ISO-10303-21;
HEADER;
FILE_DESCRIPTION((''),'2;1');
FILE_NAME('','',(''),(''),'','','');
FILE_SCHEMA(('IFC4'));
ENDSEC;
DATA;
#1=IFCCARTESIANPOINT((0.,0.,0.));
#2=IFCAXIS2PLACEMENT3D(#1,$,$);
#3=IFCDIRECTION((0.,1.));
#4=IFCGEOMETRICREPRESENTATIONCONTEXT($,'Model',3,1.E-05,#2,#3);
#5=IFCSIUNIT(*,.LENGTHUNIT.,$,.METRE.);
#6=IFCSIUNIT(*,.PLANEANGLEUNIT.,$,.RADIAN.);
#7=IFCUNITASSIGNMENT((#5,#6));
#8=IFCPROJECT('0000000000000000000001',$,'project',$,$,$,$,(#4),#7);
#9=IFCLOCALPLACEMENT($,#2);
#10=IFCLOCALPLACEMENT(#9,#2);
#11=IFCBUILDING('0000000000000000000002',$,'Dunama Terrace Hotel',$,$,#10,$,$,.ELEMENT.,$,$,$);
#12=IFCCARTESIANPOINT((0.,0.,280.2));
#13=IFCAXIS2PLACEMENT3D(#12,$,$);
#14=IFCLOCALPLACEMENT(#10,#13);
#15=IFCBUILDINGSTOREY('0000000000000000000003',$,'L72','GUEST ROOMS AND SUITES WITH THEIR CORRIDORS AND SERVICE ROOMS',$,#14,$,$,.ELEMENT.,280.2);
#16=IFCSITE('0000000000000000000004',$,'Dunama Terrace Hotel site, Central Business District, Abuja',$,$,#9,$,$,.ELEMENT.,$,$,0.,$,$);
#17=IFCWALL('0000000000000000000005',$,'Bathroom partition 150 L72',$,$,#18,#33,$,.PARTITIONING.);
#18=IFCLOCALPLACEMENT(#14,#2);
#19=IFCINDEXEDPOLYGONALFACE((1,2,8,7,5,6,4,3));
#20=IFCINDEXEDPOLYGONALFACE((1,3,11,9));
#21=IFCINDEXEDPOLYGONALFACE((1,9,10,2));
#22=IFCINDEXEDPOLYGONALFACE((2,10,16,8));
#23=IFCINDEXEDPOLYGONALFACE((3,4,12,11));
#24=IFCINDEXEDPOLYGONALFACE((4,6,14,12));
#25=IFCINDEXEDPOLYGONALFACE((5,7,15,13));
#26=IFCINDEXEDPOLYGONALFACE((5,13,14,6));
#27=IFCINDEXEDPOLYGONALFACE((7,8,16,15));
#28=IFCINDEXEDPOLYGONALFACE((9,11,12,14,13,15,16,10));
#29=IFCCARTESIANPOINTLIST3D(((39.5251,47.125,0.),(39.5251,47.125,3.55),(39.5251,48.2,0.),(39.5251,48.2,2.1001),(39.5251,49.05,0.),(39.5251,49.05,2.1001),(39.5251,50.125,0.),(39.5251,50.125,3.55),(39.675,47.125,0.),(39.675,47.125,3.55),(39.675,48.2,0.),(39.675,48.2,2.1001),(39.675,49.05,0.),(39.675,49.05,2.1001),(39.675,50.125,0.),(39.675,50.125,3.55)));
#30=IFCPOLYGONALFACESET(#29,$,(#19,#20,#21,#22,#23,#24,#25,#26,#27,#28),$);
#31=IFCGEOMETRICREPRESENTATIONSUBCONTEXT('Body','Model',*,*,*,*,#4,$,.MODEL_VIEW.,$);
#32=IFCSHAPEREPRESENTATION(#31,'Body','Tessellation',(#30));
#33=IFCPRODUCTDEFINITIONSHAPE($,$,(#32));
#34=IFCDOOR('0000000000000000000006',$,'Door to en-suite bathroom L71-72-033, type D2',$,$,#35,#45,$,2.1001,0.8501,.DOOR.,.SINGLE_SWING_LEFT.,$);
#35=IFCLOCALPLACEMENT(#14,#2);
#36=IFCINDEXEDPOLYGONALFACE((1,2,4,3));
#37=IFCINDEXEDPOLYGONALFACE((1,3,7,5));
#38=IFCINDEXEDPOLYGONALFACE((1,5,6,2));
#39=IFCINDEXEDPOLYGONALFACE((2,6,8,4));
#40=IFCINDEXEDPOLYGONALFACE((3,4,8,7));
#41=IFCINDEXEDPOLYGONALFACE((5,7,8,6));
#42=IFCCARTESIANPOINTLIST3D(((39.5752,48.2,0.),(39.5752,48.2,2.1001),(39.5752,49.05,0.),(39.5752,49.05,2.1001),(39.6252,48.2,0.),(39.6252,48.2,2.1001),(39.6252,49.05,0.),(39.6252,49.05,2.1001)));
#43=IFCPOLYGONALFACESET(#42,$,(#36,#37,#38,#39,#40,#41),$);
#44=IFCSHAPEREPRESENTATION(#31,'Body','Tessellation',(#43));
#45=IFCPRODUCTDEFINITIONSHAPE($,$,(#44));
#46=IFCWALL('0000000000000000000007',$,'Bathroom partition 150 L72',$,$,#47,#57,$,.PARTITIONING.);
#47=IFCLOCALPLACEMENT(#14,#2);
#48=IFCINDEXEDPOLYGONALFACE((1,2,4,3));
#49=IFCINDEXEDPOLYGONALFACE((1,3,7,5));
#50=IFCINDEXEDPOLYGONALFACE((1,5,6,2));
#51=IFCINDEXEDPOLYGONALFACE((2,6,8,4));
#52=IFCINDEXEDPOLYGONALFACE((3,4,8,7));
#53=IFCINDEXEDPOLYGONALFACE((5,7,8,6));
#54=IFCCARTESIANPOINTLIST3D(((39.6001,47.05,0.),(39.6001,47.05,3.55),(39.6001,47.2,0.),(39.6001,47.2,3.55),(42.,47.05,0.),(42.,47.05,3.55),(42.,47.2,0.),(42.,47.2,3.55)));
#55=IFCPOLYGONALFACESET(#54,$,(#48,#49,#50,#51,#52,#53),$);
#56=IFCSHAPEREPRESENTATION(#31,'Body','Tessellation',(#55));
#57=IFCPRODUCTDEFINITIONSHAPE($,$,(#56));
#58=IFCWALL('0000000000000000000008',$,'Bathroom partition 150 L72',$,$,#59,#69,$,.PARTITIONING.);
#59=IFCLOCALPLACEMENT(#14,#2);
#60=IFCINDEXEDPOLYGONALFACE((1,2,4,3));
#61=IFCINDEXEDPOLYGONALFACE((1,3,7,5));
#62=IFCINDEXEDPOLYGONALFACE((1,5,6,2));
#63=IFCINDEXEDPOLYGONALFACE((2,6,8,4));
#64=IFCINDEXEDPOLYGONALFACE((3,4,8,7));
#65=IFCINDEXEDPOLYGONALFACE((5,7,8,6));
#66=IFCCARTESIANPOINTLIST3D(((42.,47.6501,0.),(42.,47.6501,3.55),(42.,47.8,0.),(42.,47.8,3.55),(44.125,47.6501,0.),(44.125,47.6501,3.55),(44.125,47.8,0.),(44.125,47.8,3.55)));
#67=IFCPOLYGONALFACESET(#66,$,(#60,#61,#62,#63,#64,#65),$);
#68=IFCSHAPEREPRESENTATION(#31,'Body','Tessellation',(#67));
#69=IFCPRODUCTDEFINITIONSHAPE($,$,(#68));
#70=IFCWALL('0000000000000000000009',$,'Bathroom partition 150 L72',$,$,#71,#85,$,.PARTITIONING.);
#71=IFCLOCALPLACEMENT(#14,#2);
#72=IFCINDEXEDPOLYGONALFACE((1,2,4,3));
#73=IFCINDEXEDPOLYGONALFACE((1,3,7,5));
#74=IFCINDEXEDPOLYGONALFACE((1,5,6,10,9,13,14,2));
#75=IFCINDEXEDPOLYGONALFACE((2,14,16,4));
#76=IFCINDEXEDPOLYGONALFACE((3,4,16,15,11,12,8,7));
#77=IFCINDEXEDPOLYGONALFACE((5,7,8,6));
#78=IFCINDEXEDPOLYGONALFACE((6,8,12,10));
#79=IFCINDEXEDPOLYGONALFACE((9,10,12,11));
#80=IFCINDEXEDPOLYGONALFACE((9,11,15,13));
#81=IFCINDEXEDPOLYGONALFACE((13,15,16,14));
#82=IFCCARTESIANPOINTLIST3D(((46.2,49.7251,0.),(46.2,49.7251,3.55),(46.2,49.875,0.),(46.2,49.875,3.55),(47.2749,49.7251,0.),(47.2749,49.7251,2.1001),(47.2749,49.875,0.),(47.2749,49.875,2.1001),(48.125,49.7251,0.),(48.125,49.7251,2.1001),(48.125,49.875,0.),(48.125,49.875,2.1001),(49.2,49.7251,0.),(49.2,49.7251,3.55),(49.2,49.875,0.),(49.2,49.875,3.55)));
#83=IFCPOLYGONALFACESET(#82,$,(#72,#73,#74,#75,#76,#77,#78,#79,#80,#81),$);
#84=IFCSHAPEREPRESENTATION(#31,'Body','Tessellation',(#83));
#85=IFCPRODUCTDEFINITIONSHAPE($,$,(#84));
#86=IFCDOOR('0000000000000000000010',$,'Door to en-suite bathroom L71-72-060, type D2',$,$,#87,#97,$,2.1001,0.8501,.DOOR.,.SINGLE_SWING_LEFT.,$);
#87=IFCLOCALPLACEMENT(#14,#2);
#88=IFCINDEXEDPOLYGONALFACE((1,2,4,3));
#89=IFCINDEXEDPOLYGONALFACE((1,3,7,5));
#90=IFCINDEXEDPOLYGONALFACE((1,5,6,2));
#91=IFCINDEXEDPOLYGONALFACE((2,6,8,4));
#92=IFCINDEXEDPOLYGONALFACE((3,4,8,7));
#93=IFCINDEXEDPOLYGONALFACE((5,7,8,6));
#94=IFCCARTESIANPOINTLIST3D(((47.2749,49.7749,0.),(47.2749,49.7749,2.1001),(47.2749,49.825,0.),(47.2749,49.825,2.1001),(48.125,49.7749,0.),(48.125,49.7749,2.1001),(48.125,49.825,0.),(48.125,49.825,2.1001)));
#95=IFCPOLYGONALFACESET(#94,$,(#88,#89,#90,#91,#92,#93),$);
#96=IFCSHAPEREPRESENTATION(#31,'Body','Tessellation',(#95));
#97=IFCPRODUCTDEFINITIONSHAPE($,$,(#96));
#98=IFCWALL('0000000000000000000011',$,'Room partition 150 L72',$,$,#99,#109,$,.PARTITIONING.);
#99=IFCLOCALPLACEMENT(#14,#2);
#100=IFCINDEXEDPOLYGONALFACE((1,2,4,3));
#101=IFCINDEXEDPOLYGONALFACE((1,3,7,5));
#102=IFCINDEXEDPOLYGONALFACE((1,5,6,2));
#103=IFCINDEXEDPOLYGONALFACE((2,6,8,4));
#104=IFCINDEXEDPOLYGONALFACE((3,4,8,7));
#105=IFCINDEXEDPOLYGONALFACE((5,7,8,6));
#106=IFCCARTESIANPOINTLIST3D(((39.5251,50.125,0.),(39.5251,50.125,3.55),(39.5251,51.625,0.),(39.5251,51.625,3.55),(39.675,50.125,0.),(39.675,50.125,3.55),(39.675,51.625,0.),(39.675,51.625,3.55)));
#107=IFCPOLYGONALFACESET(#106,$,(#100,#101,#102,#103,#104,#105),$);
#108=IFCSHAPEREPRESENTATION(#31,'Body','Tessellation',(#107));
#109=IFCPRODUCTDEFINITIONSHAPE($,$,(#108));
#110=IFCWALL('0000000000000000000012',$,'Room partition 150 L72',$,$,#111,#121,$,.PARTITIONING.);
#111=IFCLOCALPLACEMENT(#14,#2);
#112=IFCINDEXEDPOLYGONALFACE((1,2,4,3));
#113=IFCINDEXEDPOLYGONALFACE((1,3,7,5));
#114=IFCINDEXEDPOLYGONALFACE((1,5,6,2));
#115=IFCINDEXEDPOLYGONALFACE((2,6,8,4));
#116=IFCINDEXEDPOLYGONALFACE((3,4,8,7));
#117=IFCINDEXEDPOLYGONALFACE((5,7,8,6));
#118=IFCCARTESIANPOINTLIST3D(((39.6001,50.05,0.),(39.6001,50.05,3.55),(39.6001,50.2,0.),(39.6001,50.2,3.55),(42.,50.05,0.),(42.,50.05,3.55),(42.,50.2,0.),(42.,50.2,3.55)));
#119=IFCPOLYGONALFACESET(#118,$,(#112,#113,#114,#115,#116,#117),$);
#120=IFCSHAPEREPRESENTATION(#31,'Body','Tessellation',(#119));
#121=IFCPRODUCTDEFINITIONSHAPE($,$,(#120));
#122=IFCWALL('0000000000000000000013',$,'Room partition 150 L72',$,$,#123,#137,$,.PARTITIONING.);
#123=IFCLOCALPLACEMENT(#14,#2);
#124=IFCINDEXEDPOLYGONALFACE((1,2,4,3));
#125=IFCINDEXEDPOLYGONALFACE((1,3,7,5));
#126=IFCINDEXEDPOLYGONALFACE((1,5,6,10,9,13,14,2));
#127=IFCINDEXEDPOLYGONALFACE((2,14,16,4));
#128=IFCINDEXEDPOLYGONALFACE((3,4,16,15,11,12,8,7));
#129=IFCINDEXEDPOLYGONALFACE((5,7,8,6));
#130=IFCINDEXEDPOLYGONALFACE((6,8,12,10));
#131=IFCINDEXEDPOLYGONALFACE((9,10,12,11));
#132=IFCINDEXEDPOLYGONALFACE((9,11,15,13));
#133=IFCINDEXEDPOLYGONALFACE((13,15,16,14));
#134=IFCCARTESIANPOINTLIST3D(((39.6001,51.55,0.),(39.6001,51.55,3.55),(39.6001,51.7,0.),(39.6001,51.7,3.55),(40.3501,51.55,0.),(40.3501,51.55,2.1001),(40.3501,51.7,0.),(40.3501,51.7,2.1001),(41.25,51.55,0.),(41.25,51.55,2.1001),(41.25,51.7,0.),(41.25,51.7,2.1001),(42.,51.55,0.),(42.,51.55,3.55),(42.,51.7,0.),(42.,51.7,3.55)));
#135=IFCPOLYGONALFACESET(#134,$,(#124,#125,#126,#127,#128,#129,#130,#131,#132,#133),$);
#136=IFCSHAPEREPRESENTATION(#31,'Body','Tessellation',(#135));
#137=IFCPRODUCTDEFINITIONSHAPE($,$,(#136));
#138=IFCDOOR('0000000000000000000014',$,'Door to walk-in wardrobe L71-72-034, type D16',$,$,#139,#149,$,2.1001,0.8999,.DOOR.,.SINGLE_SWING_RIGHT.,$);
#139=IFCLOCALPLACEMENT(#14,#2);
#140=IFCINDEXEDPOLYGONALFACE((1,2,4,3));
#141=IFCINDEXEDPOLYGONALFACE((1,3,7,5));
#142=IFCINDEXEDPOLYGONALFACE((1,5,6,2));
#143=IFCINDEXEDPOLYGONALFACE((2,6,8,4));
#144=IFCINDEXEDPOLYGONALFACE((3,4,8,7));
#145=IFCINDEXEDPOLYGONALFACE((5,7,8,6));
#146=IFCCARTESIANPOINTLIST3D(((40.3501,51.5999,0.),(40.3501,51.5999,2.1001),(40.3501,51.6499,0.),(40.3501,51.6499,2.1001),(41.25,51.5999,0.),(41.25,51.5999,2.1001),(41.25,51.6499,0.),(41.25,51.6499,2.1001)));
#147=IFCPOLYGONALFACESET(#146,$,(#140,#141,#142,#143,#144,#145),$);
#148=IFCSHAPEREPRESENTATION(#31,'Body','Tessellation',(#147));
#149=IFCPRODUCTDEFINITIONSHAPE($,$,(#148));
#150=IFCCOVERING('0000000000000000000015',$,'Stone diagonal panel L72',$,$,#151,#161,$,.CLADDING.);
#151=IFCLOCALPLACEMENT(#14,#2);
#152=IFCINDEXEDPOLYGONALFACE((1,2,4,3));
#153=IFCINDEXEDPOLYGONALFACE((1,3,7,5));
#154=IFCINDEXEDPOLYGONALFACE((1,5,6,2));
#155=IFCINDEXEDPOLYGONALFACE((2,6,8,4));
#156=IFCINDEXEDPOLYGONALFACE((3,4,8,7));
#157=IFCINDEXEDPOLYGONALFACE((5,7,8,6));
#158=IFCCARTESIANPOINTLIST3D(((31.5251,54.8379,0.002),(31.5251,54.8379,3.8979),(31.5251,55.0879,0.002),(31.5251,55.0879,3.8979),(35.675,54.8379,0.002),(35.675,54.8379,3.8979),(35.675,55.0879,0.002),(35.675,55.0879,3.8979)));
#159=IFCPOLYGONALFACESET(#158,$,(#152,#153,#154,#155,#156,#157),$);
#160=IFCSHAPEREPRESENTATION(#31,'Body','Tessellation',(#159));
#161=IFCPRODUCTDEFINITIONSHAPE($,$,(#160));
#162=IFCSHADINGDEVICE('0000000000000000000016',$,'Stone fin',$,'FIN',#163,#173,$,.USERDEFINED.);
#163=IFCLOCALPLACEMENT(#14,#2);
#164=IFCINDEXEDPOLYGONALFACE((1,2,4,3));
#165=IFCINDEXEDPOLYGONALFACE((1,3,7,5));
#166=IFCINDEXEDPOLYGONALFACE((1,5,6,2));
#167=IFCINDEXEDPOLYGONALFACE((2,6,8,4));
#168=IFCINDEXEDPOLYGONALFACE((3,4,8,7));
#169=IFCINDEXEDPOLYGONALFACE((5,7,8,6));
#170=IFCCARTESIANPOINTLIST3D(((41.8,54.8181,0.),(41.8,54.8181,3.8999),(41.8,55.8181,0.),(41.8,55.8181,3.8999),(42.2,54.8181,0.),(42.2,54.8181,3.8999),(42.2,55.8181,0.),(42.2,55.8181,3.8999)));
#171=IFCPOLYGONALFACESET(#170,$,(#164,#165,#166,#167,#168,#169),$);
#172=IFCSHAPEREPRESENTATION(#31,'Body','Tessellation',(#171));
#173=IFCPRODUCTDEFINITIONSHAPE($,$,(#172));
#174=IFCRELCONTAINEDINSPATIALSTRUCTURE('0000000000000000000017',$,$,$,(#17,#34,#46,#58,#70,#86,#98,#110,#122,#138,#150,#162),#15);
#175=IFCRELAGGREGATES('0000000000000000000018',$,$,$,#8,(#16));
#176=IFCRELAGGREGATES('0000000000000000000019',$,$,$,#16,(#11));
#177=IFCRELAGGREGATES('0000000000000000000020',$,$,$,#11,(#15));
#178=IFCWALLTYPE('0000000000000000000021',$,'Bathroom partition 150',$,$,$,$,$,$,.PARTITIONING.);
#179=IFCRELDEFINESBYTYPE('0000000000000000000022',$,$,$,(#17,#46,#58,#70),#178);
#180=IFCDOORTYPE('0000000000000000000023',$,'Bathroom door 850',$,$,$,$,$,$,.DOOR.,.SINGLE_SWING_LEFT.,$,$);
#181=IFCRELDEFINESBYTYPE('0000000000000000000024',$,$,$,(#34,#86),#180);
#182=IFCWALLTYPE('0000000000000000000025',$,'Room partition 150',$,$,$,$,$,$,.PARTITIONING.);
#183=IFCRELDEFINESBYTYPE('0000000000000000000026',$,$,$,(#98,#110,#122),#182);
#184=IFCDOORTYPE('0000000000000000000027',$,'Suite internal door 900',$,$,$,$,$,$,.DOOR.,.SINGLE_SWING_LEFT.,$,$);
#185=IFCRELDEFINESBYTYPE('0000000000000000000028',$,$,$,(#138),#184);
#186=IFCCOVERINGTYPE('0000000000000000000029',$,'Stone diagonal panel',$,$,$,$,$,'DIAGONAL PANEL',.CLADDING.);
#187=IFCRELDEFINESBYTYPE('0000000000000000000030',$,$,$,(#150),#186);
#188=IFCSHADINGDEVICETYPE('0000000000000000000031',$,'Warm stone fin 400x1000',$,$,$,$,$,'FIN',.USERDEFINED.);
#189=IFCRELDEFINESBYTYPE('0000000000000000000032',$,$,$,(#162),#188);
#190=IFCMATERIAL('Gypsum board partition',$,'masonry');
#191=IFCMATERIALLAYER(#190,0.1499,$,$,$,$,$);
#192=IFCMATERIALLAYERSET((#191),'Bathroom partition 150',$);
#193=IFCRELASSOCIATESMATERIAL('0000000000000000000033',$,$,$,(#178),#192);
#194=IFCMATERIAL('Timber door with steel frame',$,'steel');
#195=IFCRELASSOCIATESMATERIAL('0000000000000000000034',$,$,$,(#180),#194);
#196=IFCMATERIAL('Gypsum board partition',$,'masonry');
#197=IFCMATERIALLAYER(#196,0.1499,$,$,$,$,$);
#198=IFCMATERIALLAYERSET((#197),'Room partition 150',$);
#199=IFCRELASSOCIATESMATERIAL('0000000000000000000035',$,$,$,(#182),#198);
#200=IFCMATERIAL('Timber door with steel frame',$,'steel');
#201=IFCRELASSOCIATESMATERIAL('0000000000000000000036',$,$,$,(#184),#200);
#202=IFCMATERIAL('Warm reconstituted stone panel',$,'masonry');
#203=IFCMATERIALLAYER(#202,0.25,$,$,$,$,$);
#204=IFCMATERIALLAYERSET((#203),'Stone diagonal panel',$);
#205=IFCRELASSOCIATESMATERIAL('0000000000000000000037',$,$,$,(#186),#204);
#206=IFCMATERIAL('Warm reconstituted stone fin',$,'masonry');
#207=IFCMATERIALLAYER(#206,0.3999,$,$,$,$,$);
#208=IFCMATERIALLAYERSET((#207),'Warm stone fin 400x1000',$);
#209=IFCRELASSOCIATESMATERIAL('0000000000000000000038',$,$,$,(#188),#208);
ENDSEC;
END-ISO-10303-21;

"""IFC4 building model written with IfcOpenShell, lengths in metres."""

from ifc_helpers import new_model, si_unit, direction, frame, frame_2d, origin, origin_2d, place, context, subcontext, project, spatial, rectangle, extrude, material, layer, layer_set, type_object, element, fill, save


model = new_model("IFC4")

# Units and contexts
model_context = context("Model", 3, precision=1e-05, world=origin(), true_north=direction((0.0, 1.0)))
body_context = subcontext(model_context, "Body", "Model", "MODEL_VIEW")
ifc_project = project(units=[si_unit("LENGTHUNIT", "METRE"), si_unit("PLANEANGLEUNIT", "RADIAN")], contexts=[model_context])

# Site, building, storey
site_placement = place(None, origin())
site = spatial("IfcSite", under=ifc_project, at=site_placement, Name="Dunama Terrace Hotel site, Central Business District, Abuja", CompositionType="ELEMENT", RefElevation=0.0)
building_placement = place(site_placement, origin())
building = spatial("IfcBuilding", under=site, at=building_placement, Name="Dunama Terrace Hotel", CompositionType="ELEMENT")
storey_placement = place(building_placement, frame((0.0, 0.0, 280.2)))
storey = spatial("IfcBuildingStorey", under=building, at=storey_placement, Name="L72", Description="GUEST ROOMS AND SUITES WITH THEIR CORRIDORS AND SERVICE ROOMS", CompositionType="ELEMENT", Elevation=280.2)

# Wall, opening, door
ifc_material_1 = material(Name="Gypsum board partition", Category="masonry")
ifc_layer_1 = layer(ifc_material_1, 0.1499)
ifc_layer_set_1 = layer_set([ifc_layer_1], Name="Bathroom partition 150")
wall_type_1 = type_object("IfcWallType", Name="Bathroom partition 150", PredefinedType="PARTITIONING", material=ifc_layer_set_1)
wall_1_placement = place(storey_placement, frame((39.6001, 47.125, 0.0), z_axis=(0.0, 0.0, 1.0), x_axis=(0.0, 1.0, 0.0)))
wall_1 = element("IfcWall", 1, at=wall_1_placement, inside=storey, type_object=wall_type_1, Name="Bathroom partition 150 L72", PredefinedType="PARTITIONING", context=body_context, shape_type="SweptSolid", body=[
    extrude(rectangle(XDim=3.0, YDim=0.1499, at=frame_2d((1.5, 0.0))), origin(), (0.0, 0.0, 1.0), 3.55),
])
opening_1_placement = place(wall_1_placement, frame((1.075, 0.0, 0.0)))
opening_1 = element("IfcOpeningElement", 2, at=opening_1_placement, cuts=wall_1, PredefinedType="OPENING", context=body_context, shape_type="SweptSolid", body=[
    extrude(rectangle(XDim=0.8501, YDim=2.1001, at=frame_2d((0.425, 1.05))), frame((0.0, 0.085, 0.0), z_axis=(0.0, -1.0, 0.0), x_axis=(1.0, 0.0, 0.0)), (0.0, 0.0, 1.0), 0.1699),
])
ifc_material_2 = material(Name="Timber door with steel frame", Category="steel")
door_type_1 = type_object("IfcDoorType", Name="Bathroom door 850", OperationType="SINGLE_SWING_LEFT", PredefinedType="DOOR", material=ifc_material_2)
door_1_placement = place(opening_1_placement, frame((0.8501, 0.0, 0.0), z_axis=(0.0, 0.0, 1.0), x_axis=(-1.0, 0.0, 0.0)))
door_1 = element("IfcDoor", 3, at=door_1_placement, inside=storey, type_object=door_type_1, Name="Door to en-suite bathroom L71-72-033, type D2", OperationType="SINGLE_SWING_LEFT", OverallHeight=2.1001, OverallWidth=0.8501, PredefinedType="DOOR", context=body_context, shape_type="SweptSolid", body=[
    extrude(rectangle(XDim=0.8501, YDim=2.1001, at=frame_2d((0.425, 1.05))), frame((0.0, 0.0251, 0.0), z_axis=(0.0, -1.0, 0.0), x_axis=(1.0, 0.0, 0.0)), (0.0, 0.0, 1.0), 0.05),
])
fill(opening_1, door_1)

# Walls
wall_2_placement = place(storey_placement, frame((39.6001, 47.125, 0.0), z_axis=(0.0, 0.0, 1.0), x_axis=(1.0, 0.0, 0.0)))
element("IfcWall", 4, at=wall_2_placement, inside=storey, type_object=wall_type_1, Name="Bathroom partition 150 L72", PredefinedType="PARTITIONING", context=body_context, shape_type="SweptSolid", body=[
    extrude(rectangle(XDim=2.3999, YDim=0.1499, at=frame_2d((1.2, 0.0))), origin(), (0.0, 0.0, 1.0), 3.55),
])
wall_3_placement = place(storey_placement, frame((42.0, 47.7251, 0.0), z_axis=(0.0, 0.0, 1.0), x_axis=(1.0, 0.0, 0.0)))
element("IfcWall", 5, at=wall_3_placement, inside=storey, type_object=wall_type_1, Name="Bathroom partition 150 L72", PredefinedType="PARTITIONING", context=body_context, shape_type="SweptSolid", body=[
    extrude(rectangle(XDim=2.125, YDim=0.1499, at=frame_2d((1.0625, 0.0))), origin(), (0.0, 0.0, 1.0), 3.55),
])

# Wall, opening, door
wall_4_placement = place(storey_placement, frame((46.2, 49.8, 0.0), z_axis=(0.0, 0.0, 1.0), x_axis=(1.0, 0.0, 0.0)))
wall_4 = element("IfcWall", 6, at=wall_4_placement, inside=storey, type_object=wall_type_1, Name="Bathroom partition 150 L72", PredefinedType="PARTITIONING", context=body_context, shape_type="SweptSolid", body=[
    extrude(rectangle(XDim=3.0, YDim=0.1499, at=frame_2d((1.5, 0.0))), origin(), (0.0, 0.0, 1.0), 3.55),
])
opening_2_placement = place(wall_4_placement, frame((1.075, 0.0, 0.0)))
opening_2 = element("IfcOpeningElement", 7, at=opening_2_placement, cuts=wall_4, PredefinedType="OPENING", context=body_context, shape_type="SweptSolid", body=[
    extrude(rectangle(XDim=0.8501, YDim=2.1001, at=frame_2d((0.425, 1.05))), frame((0.0, 0.085, 0.0), z_axis=(0.0, -1.0, 0.0), x_axis=(1.0, 0.0, 0.0)), (0.0, 0.0, 1.0), 0.1699),
])
door_2_placement = place(opening_2_placement, frame((0.8501, 0.0, 0.0), z_axis=(0.0, 0.0, 1.0), x_axis=(-1.0, 0.0, 0.0)))
door_2 = element("IfcDoor", 8, at=door_2_placement, inside=storey, type_object=door_type_1, Name="Door to en-suite bathroom L71-72-060, type D2", OperationType="SINGLE_SWING_LEFT", OverallHeight=2.1001, OverallWidth=0.8501, PredefinedType="DOOR", context=body_context, shape_type="SweptSolid", body=[
    extrude(rectangle(XDim=0.8501, YDim=2.1001, at=frame_2d((0.425, 1.05))), frame((0.0, 0.0251, 0.0), z_axis=(0.0, -1.0, 0.0), x_axis=(1.0, 0.0, 0.0)), (0.0, 0.0, 1.0), 0.05),
])
fill(opening_2, door_2)

# Walls
ifc_material_3 = material(Name="Gypsum board partition", Category="masonry")
ifc_layer_2 = layer(ifc_material_3, 0.1499)
ifc_layer_set_2 = layer_set([ifc_layer_2], Name="Room partition 150")
wall_type_2 = type_object("IfcWallType", Name="Room partition 150", PredefinedType="PARTITIONING", material=ifc_layer_set_2)
wall_5_placement = place(storey_placement, frame((39.6001, 50.125, 0.0), z_axis=(0.0, 0.0, 1.0), x_axis=(0.0, 1.0, 0.0)))
element("IfcWall", 9, at=wall_5_placement, inside=storey, type_object=wall_type_2, Name="Room partition 150 L72", PredefinedType="PARTITIONING", context=body_context, shape_type="SweptSolid", body=[
    extrude(rectangle(XDim=1.5, YDim=0.1499, at=frame_2d((0.75, 0.0))), origin(), (0.0, 0.0, 1.0), 3.55),
])
wall_6_placement = place(storey_placement, frame((39.6001, 50.125, 0.0), z_axis=(0.0, 0.0, 1.0), x_axis=(1.0, 0.0, 0.0)))
element("IfcWall", 10, at=wall_6_placement, inside=storey, type_object=wall_type_2, Name="Room partition 150 L72", PredefinedType="PARTITIONING", context=body_context, shape_type="SweptSolid", body=[
    extrude(rectangle(XDim=2.3999, YDim=0.1499, at=frame_2d((1.2, 0.0))), origin(), (0.0, 0.0, 1.0), 3.55),
])

# Wall, opening, door
wall_7_placement = place(storey_placement, frame((39.6001, 51.625, 0.0), z_axis=(0.0, 0.0, 1.0), x_axis=(1.0, 0.0, 0.0)))
wall_7 = element("IfcWall", 11, at=wall_7_placement, inside=storey, type_object=wall_type_2, Name="Room partition 150 L72", PredefinedType="PARTITIONING", context=body_context, shape_type="SweptSolid", body=[
    extrude(rectangle(XDim=2.3999, YDim=0.1499, at=frame_2d((1.2, 0.0))), origin(), (0.0, 0.0, 1.0), 3.55),
])
opening_3_placement = place(wall_7_placement, frame((0.75, 0.0, 0.0)))
opening_3 = element("IfcOpeningElement", 12, at=opening_3_placement, cuts=wall_7, PredefinedType="OPENING", context=body_context, shape_type="SweptSolid", body=[
    extrude(rectangle(XDim=0.8999, YDim=2.1001, at=frame_2d((0.45, 1.05))), frame((0.0, 0.085, 0.0), z_axis=(0.0, -1.0, 0.0), x_axis=(1.0, 0.0, 0.0)), (0.0, 0.0, 1.0), 0.1699),
])
ifc_material_4 = material(Name="Timber door with steel frame", Category="steel")
door_type_2 = type_object("IfcDoorType", Name="Suite internal door 900", OperationType="SINGLE_SWING_LEFT", PredefinedType="DOOR", material=ifc_material_4)
door_3_placement = place(opening_3_placement, frame((0.8999, 0.0, 0.0), z_axis=(0.0, 0.0, 1.0), x_axis=(-1.0, 0.0, 0.0)))
door_3 = element("IfcDoor", 13, at=door_3_placement, inside=storey, type_object=door_type_2, Name="Door to walk-in wardrobe L71-72-034, type D16", OperationType="SINGLE_SWING_RIGHT", OverallHeight=2.1001, OverallWidth=0.8999, PredefinedType="DOOR", context=body_context, shape_type="SweptSolid", body=[
    extrude(rectangle(XDim=0.8999, YDim=2.1001, at=frame_2d((0.45, 1.05))), frame((0.0, 0.0251, 0.0), z_axis=(0.0, -1.0, 0.0), x_axis=(1.0, 0.0, 0.0)), (0.0, 0.0, 1.0), 0.05),
])
fill(opening_3, door_3)

# Covering
ifc_material_5 = material(Name="Warm reconstituted stone panel", Category="masonry")
ifc_layer_3 = layer(ifc_material_5, 0.25)
ifc_layer_set_3 = layer_set([ifc_layer_3], Name="Stone diagonal panel")
covering_type = type_object("IfcCoveringType", Name="Stone diagonal panel", ElementType="DIAGONAL PANEL", PredefinedType="CLADDING", material=ifc_layer_set_3)
covering_placement = place(storey_placement, frame((33.6001, 54.9629, 0.002), z_axis=(0.0, 0.0, 1.0), x_axis=(-1.0, 0.0, 0.0)))
element("IfcCovering", 14, at=covering_placement, inside=storey, type_object=covering_type, Name="Stone diagonal panel L72", PredefinedType="CLADDING", context=body_context, shape_type="SweptSolid", body=[
    extrude(rectangle(XDim=4.1499, YDim=0.25, at=origin_2d()), origin(), (0.0, 0.0, 1.0), 3.896),
])

# Shading device
ifc_material_6 = material(Name="Warm reconstituted stone fin", Category="masonry")
ifc_layer_4 = layer(ifc_material_6, 0.3999)
ifc_layer_set_4 = layer_set([ifc_layer_4], Name="Warm stone fin 400x1000")
shading_device_type = type_object("IfcShadingDeviceType", Name="Warm stone fin 400x1000", ElementType="FIN", PredefinedType="USERDEFINED", material=ifc_layer_set_4)
shading_device_placement = place(storey_placement, frame((42.0, 55.3181, 0.0), z_axis=(0.0, 0.0, 1.0), x_axis=(-1.0, 0.0, 0.0)))
element("IfcShadingDevice", 15, at=shading_device_placement, inside=storey, type_object=shading_device_type, Name="Stone fin", ObjectType="FIN", PredefinedType="USERDEFINED", context=body_context, shape_type="SweptSolid", body=[
    extrude(rectangle(XDim=0.3999, YDim=1.0, at=origin_2d()), origin(), (0.0, 0.0, 1.0), 3.8999),
])

save(model, "model.ifc")
